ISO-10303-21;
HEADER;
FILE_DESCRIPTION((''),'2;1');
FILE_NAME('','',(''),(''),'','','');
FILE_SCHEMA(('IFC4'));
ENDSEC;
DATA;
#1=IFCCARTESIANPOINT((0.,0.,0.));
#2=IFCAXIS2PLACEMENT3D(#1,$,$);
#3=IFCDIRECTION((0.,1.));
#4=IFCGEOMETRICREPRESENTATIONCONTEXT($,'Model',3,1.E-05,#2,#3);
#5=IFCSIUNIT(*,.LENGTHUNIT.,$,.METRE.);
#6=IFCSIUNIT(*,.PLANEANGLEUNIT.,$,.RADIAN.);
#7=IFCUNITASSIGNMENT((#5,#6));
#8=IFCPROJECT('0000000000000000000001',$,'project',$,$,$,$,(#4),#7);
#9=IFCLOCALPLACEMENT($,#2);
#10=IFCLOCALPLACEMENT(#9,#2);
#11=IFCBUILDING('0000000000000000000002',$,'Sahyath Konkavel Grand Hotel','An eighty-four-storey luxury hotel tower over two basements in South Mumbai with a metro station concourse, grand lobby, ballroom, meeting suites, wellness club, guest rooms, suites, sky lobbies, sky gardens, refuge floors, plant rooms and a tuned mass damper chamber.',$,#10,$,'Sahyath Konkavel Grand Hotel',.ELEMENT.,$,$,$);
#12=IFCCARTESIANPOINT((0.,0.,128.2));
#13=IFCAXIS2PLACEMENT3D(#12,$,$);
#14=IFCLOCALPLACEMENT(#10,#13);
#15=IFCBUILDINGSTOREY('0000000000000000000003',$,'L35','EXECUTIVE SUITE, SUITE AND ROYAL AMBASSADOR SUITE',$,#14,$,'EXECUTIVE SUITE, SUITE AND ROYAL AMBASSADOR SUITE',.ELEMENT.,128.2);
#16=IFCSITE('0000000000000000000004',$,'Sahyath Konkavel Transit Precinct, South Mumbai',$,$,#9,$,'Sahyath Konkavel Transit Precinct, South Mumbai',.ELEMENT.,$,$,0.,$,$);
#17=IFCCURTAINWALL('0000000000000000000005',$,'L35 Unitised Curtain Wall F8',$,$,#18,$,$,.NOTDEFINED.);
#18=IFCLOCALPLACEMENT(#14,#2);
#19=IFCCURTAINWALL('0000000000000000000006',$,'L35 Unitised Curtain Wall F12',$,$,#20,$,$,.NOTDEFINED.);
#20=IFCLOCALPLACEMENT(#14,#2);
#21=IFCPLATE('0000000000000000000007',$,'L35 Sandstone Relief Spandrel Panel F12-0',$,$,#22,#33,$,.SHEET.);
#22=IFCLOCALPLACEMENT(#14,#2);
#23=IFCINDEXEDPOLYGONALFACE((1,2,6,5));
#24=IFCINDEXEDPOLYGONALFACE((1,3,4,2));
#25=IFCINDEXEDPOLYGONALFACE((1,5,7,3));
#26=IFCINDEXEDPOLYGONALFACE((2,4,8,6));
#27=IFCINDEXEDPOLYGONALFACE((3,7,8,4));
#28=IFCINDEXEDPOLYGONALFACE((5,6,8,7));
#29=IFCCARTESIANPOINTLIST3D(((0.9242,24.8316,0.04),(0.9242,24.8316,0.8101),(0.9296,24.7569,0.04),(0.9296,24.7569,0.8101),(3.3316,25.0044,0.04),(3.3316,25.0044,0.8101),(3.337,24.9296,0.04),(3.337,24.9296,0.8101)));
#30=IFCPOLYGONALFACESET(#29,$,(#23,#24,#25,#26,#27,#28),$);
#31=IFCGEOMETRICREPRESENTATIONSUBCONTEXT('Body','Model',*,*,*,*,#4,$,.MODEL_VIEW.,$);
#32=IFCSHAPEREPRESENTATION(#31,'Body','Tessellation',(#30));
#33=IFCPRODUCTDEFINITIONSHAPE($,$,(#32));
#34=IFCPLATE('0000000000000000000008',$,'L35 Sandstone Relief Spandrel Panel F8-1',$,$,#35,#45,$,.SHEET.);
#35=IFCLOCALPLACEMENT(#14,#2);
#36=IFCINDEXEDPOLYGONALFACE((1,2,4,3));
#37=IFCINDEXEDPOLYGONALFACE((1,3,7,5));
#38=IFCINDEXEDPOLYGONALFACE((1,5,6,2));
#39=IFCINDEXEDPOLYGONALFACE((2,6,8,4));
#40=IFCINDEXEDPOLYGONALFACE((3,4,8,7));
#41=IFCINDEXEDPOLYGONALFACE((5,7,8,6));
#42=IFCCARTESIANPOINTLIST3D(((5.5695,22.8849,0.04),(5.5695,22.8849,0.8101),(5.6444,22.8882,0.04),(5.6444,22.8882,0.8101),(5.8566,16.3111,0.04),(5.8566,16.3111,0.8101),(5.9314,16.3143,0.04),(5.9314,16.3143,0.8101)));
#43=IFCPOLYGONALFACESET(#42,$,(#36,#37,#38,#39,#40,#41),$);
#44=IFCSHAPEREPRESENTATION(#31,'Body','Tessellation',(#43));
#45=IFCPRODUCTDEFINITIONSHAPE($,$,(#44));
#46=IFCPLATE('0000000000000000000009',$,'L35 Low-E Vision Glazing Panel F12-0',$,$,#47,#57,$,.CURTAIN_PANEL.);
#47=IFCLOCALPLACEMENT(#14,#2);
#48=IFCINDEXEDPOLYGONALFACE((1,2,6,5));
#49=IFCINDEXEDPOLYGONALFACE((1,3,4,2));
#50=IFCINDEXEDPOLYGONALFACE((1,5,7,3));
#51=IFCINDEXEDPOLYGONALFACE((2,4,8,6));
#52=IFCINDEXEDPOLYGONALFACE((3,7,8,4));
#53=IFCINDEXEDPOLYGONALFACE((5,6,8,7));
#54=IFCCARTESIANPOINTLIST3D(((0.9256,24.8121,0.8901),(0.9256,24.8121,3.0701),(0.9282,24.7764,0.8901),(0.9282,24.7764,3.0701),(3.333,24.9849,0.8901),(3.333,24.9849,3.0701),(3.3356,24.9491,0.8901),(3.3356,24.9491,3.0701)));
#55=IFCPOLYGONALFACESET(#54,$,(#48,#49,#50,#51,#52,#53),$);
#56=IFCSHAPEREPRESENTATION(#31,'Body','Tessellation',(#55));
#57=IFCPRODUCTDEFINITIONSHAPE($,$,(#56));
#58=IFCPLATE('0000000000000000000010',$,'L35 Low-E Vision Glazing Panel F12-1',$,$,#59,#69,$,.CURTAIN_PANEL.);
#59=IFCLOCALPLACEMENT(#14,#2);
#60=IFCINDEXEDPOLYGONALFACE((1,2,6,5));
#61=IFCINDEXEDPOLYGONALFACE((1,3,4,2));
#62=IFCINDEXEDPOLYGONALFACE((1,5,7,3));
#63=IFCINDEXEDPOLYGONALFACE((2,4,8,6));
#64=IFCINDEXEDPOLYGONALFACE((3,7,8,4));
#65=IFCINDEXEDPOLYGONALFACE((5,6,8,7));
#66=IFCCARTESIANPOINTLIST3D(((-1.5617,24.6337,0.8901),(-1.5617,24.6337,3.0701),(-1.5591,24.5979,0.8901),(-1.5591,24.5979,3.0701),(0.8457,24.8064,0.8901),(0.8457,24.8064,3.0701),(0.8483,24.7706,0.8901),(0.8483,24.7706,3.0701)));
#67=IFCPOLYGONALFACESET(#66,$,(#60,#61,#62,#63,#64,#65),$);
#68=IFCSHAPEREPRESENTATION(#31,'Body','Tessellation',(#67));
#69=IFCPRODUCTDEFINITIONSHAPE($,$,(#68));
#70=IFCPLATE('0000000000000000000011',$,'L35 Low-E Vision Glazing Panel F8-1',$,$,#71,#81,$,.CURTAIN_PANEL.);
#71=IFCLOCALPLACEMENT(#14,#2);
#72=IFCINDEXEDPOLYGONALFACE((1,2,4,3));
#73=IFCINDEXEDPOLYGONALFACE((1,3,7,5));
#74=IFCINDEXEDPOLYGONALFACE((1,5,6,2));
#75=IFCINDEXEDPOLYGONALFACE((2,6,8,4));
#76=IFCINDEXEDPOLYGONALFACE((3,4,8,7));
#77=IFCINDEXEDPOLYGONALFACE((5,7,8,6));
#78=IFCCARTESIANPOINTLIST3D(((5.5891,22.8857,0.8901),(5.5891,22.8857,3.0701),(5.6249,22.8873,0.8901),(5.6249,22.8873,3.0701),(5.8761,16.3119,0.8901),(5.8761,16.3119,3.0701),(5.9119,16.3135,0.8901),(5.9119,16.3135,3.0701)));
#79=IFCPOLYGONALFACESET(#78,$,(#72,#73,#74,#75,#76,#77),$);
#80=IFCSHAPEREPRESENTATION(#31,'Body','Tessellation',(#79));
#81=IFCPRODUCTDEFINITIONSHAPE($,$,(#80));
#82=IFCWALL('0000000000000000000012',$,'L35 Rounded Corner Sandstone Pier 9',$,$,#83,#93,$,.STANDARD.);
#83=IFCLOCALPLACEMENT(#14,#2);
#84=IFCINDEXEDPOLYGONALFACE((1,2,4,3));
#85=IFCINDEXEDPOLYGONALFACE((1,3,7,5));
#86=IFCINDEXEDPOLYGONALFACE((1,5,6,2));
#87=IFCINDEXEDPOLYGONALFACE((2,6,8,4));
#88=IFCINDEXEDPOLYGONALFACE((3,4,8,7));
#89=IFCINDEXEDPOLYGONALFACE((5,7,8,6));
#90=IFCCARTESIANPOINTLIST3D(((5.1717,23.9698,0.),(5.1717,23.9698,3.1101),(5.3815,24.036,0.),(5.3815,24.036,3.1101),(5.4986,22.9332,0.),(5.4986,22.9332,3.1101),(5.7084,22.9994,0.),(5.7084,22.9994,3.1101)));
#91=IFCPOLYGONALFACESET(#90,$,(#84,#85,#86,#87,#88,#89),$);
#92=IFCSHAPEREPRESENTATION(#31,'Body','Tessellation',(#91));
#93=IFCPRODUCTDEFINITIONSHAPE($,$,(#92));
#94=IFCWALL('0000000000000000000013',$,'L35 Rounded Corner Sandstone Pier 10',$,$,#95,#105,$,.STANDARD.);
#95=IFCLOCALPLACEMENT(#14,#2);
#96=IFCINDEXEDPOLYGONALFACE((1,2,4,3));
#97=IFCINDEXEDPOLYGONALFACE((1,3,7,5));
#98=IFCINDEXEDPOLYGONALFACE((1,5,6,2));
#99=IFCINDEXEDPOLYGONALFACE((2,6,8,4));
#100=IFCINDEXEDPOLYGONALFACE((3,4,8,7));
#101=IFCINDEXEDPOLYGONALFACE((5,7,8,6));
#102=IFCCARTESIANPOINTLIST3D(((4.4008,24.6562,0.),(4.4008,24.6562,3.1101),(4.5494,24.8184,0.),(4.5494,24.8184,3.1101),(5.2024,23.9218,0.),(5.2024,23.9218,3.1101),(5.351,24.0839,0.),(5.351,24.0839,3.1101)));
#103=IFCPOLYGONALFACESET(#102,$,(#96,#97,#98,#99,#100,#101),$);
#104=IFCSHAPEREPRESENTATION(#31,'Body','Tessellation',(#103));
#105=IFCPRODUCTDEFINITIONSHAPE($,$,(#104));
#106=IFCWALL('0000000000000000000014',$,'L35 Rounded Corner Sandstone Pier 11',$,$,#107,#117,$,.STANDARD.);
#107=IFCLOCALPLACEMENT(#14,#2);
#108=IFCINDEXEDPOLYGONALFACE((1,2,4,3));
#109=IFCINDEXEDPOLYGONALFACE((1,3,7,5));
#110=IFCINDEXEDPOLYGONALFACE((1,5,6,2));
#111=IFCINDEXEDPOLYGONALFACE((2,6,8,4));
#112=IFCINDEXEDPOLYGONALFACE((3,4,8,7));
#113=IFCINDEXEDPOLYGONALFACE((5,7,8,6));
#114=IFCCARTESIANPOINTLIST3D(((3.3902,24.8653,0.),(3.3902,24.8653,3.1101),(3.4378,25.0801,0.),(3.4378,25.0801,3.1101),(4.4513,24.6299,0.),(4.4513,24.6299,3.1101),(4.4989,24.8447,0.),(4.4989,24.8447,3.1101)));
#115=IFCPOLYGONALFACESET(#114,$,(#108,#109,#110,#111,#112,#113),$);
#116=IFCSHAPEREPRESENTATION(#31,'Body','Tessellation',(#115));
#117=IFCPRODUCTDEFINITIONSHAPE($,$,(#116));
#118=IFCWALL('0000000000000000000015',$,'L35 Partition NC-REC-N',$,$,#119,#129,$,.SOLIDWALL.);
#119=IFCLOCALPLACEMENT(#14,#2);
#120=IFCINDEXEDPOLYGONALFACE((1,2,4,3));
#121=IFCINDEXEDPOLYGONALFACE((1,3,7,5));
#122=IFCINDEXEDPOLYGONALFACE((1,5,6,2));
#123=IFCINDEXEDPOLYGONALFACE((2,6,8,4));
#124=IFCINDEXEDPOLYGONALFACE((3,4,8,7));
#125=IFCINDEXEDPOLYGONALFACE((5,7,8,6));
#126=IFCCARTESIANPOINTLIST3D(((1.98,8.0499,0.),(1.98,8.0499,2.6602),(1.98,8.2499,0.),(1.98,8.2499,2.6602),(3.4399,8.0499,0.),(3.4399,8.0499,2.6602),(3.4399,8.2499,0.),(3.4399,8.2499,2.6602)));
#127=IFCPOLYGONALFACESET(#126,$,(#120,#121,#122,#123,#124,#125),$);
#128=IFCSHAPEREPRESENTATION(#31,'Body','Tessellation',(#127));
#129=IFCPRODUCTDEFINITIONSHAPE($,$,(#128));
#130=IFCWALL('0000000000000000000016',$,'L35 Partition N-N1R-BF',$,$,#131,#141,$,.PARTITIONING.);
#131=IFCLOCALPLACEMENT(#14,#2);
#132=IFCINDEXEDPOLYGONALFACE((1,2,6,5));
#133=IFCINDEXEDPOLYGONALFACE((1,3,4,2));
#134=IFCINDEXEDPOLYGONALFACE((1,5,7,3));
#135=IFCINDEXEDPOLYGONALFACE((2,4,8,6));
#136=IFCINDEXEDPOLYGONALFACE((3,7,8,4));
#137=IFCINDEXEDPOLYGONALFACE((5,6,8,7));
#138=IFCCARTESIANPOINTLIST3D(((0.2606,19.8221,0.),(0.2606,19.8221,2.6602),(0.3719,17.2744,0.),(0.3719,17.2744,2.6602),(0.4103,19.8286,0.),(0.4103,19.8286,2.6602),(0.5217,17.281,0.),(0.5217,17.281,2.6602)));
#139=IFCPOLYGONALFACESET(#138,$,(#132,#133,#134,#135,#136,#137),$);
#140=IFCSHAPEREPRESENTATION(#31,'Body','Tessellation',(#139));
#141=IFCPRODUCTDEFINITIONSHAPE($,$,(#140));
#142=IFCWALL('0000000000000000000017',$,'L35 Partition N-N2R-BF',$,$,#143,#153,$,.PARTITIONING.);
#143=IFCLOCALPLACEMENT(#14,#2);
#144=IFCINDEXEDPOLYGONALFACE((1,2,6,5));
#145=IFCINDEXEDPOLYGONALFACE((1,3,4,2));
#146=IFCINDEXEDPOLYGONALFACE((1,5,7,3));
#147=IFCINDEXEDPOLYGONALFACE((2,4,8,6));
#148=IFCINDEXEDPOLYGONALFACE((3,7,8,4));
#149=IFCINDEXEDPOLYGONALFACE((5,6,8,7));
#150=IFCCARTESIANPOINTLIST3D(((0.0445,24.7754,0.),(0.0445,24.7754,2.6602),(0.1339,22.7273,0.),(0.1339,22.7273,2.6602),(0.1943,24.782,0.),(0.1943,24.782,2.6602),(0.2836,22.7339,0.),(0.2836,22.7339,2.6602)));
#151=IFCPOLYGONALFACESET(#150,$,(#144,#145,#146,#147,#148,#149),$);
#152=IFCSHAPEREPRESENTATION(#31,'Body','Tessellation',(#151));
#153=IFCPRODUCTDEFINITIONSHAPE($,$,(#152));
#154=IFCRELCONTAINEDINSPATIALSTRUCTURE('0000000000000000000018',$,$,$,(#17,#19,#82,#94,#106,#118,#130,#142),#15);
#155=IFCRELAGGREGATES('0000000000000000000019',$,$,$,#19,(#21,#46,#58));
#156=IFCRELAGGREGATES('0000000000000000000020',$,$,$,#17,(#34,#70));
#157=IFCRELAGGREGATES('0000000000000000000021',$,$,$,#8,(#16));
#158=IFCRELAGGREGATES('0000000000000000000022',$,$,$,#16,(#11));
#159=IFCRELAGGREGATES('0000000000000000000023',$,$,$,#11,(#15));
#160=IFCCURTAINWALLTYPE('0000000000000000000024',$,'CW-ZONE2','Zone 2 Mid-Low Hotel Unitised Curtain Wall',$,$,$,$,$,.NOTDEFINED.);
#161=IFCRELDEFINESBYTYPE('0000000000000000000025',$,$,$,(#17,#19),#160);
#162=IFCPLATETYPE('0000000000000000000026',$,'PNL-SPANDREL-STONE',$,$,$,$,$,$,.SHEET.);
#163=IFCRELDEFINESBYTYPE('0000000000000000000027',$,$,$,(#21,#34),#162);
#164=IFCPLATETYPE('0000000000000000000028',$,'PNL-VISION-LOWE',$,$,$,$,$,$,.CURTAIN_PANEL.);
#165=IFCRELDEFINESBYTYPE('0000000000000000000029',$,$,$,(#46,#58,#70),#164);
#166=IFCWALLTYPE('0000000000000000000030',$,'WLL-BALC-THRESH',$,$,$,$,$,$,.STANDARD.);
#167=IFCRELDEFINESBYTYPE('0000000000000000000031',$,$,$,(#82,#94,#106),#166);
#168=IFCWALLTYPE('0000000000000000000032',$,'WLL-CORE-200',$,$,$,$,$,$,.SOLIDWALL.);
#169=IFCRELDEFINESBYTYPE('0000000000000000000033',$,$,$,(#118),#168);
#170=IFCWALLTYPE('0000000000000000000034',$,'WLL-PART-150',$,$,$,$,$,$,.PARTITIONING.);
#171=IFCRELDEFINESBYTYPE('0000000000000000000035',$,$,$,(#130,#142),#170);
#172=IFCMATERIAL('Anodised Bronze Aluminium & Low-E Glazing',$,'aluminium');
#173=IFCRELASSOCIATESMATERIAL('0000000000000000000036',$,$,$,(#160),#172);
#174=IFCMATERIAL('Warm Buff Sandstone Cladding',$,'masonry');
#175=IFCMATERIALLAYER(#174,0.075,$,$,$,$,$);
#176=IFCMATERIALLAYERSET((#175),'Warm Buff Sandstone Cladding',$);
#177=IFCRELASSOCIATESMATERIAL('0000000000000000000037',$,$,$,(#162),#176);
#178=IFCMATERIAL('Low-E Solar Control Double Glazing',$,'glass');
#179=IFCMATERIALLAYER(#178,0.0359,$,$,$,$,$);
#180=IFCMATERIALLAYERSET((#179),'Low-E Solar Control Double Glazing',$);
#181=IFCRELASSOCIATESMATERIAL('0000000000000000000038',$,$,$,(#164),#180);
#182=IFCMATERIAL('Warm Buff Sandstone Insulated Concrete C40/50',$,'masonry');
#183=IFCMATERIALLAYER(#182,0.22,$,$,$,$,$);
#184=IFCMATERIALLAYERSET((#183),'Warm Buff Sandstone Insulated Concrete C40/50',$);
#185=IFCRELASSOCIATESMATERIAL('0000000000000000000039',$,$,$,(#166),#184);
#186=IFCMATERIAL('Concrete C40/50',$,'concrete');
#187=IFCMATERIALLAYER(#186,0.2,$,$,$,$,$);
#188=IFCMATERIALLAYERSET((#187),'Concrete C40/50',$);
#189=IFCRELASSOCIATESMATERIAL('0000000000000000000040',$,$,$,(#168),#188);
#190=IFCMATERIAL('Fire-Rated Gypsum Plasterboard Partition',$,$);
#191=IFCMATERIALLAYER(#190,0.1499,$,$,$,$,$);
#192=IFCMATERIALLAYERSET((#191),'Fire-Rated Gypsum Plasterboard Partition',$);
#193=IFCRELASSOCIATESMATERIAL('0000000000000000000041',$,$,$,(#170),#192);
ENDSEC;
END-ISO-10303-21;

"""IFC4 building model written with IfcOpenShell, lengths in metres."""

from ifc_helpers import new_model, si_unit, direction, frame, frame_2d, origin, origin_2d, place, context, subcontext, project, spatial, rectangle, extrude, source, transform, mapped, material, layer, layer_set, type_object, element, aggregate, save


model = new_model("IFC4")

# Units and contexts
model_context = context("Model", 3, precision=1e-05, world=origin(), true_north=direction((0.0, 1.0)))
body_context = subcontext(model_context, "Body", "Model", "MODEL_VIEW")
ifc_project = project(units=[si_unit("LENGTHUNIT", "METRE"), si_unit("PLANEANGLEUNIT", "RADIAN")], contexts=[model_context])

# Site, building, storey
site_placement = place(None, origin())
site = spatial("IfcSite", under=ifc_project, at=site_placement, Name="Sahyath Konkavel Transit Precinct, South Mumbai", LongName="Sahyath Konkavel Transit Precinct, South Mumbai", CompositionType="ELEMENT", RefElevation=0.0)
building_placement = place(site_placement, origin())
building = spatial("IfcBuilding", under=site, at=building_placement, Name="Sahyath Konkavel Grand Hotel", Description="An eighty-four-storey luxury hotel tower over two basements in South Mumbai with a metro station concourse, grand lobby, ballroom, meeting suites, wellness club, guest rooms, suites, sky lobbies, sky gardens, refuge floors, plant rooms and a tuned mass damper chamber.", LongName="Sahyath Konkavel Grand Hotel", CompositionType="ELEMENT")
storey_placement = place(building_placement, frame((0.0, 0.0, 128.2)))
storey = spatial("IfcBuildingStorey", under=building, at=storey_placement, Name="L35", Description="EXECUTIVE SUITE, SUITE AND ROYAL AMBASSADOR SUITE", LongName="EXECUTIVE SUITE, SUITE AND ROYAL AMBASSADOR SUITE", CompositionType="ELEMENT", Elevation=128.2)

# Curtain wall
ifc_material_1 = material(Name="Anodised Bronze Aluminium & Low-E Glazing", Category="aluminium")
curtain_wall_type = type_object("IfcCurtainWallType", Name="CW-ZONE2", Description="Zone 2 Mid-Low Hotel Unitised Curtain Wall", PredefinedType="NOTDEFINED", material=ifc_material_1)
curtain_wall_1_placement = place(storey_placement, origin())
curtain_wall_1 = element("IfcCurtainWall", 1, at=curtain_wall_1_placement, inside=storey, type_object=curtain_wall_type, Name="L35 Unitised Curtain Wall F8", PredefinedType="NOTDEFINED")

# Curtain wall, plate
curtain_wall_2_placement = place(storey_placement, origin())
curtain_wall_2 = element("IfcCurtainWall", 2, at=curtain_wall_2_placement, inside=storey, type_object=curtain_wall_type, Name="L35 Unitised Curtain Wall F12", PredefinedType="NOTDEFINED")
ifc_material_2 = material(Name="Warm Buff Sandstone Cladding", Category="masonry")
ifc_layer_1 = layer(ifc_material_2, 0.075)
ifc_layer_set_1 = layer_set([ifc_layer_1], Name="Warm Buff Sandstone Cladding")
plate_type_1 = type_object("IfcPlateType", Name="PNL-SPANDREL-STONE", PredefinedType="SHEET", material=ifc_layer_set_1)
shared_shape_1 = source(origin(), body_context, "Body", "SweptSolid", [
    extrude(rectangle(XDim=2.4136, YDim=0.075, at=origin_2d()), origin(), (0.0, 0.0, 1.0), 0.77),
])
plate_1_placement = place(storey_placement, frame((2.1306, 24.8806, 0.04), z_axis=(0.0, 0.0, 1.0), x_axis=(-0.997436, -0.071567, 0.0)))
plate_1 = element("IfcPlate", 3, at=plate_1_placement, type_object=plate_type_1, Name="L35 Sandstone Relief Spandrel Panel F12-0", PredefinedType="SHEET", context=body_context, shape_type="MappedRepresentation", body=[
    mapped(shared_shape_1, transform((0.0, 0.0, 0.0), scale=1.0)),
])

# Plates
shared_shape_2 = source(origin(), body_context, "Body", "SweptSolid", [
    extrude(rectangle(XDim=6.5801, YDim=0.075, at=origin_2d()), origin(), (0.0, 0.0, 1.0), 0.77),
])
plate_2_placement = place(storey_placement, frame((5.7505, 19.5996, 0.04), z_axis=(0.0, 0.0, 1.0), x_axis=(-0.043619, 0.999048, 0.0)))
plate_2 = element("IfcPlate", 4, at=plate_2_placement, type_object=plate_type_1, Name="L35 Sandstone Relief Spandrel Panel F8-1", PredefinedType="SHEET", context=body_context, shape_type="MappedRepresentation", body=[
    mapped(shared_shape_2, transform((0.0, 0.0, 0.0), scale=1.0)),
])
ifc_material_3 = material(Name="Low-E Solar Control Double Glazing", Category="glass")
ifc_layer_2 = layer(ifc_material_3, 0.0359)
ifc_layer_set_2 = layer_set([ifc_layer_2], Name="Low-E Solar Control Double Glazing")
plate_type_2 = type_object("IfcPlateType", Name="PNL-VISION-LOWE", PredefinedType="CURTAIN_PANEL", material=ifc_layer_set_2)
shared_shape_3 = source(origin(), body_context, "Body", "SweptSolid", [
    extrude(rectangle(XDim=2.4136, YDim=0.0359, at=origin_2d()), origin(), (0.0, 0.0, 1.0), 2.1799),
])
plate_3_placement = place(storey_placement, frame((2.1306, 24.8806, 0.8901), z_axis=(0.0, 0.0, 1.0), x_axis=(-0.997436, -0.071567, 0.0)))
plate_3 = element("IfcPlate", 5, at=plate_3_placement, type_object=plate_type_2, Name="L35 Low-E Vision Glazing Panel F12-0", PredefinedType="CURTAIN_PANEL", context=body_context, shape_type="MappedRepresentation", body=[
    mapped(shared_shape_3, transform((0.0, 0.0, 0.0), scale=1.0)),
])
plate_4_placement = place(storey_placement, frame((-0.3567, 24.7021, 0.8901), z_axis=(0.0, 0.0, 1.0), x_axis=(-0.997436, -0.071567, 0.0)))
plate_4 = element("IfcPlate", 6, at=plate_4_placement, type_object=plate_type_2, Name="L35 Low-E Vision Glazing Panel F12-1", PredefinedType="CURTAIN_PANEL", context=body_context, shape_type="MappedRepresentation", body=[
    mapped(shared_shape_3, transform((0.0, 0.0, 0.0), scale=1.0)),
])
aggregate(curtain_wall_2, [plate_1, plate_3, plate_4])
shared_shape_4 = source(origin(), body_context, "Body", "SweptSolid", [
    extrude(rectangle(XDim=6.5801, YDim=0.0359, at=origin_2d()), origin(), (0.0, 0.0, 1.0), 2.1799),
])
plate_5_placement = place(storey_placement, frame((5.7505, 19.5996, 0.8901), z_axis=(0.0, 0.0, 1.0), x_axis=(-0.043619, 0.999048, 0.0)))
plate_5 = element("IfcPlate", 7, at=plate_5_placement, type_object=plate_type_2, Name="L35 Low-E Vision Glazing Panel F8-1", PredefinedType="CURTAIN_PANEL", context=body_context, shape_type="MappedRepresentation", body=[
    mapped(shared_shape_4, transform((0.0, 0.0, 0.0), scale=1.0)),
])
aggregate(curtain_wall_1, [plate_2, plate_5])

# Walls
ifc_material_4 = material(Name="Warm Buff Sandstone Insulated Concrete C40/50", Category="masonry")
ifc_layer_3 = layer(ifc_material_4, 0.22)
ifc_layer_set_3 = layer_set([ifc_layer_3], Name="Warm Buff Sandstone Insulated Concrete C40/50")
wall_type_1 = type_object("IfcWallType", Name="WLL-BALC-THRESH", PredefinedType="STANDARD", material=ifc_layer_set_3)
wall_1_placement = place(storey_placement, frame((5.6035, 22.9663, 0.0), z_axis=(0.0, 0.0, 1.0), x_axis=(-0.300755, 0.953701, 0.0)))
element("IfcWall", 8, at=wall_1_placement, inside=storey, type_object=wall_type_1, Name="L35 Rounded Corner Sandstone Pier 9", PredefinedType="STANDARD", context=body_context, shape_type="SweptSolid", body=[
    extrude(rectangle(XDim=1.0869, YDim=0.22, at=frame_2d((0.5435, 0.0))), origin(), (0.0, 0.0, 1.0), 3.1101),
])
wall_2_placement = place(storey_placement, frame((5.2766, 24.0029, 0.0), z_axis=(0.0, 0.0, 1.0), x_axis=(-0.737313, 0.675552, 0.0)))
element("IfcWall", 9, at=wall_2_placement, inside=storey, type_object=wall_type_1, Name="L35 Rounded Corner Sandstone Pier 10", PredefinedType="STANDARD", context=body_context, shape_type="SweptSolid", body=[
    extrude(rectangle(XDim=1.0872, YDim=0.22, at=frame_2d((0.5435, 0.0))), origin(), (0.0, 0.0, 1.0), 3.1101),
])
wall_3_placement = place(storey_placement, frame((4.4751, 24.7373, 0.0), z_axis=(0.0, 0.0, 1.0), x_axis=(-0.976272, 0.21655, 0.0)))
element("IfcWall", 10, at=wall_3_placement, inside=storey, type_object=wall_type_1, Name="L35 Rounded Corner Sandstone Pier 11", PredefinedType="STANDARD", context=body_context, shape_type="SweptSolid", body=[
    extrude(rectangle(XDim=1.0869, YDim=0.22, at=frame_2d((0.5435, 0.0))), origin(), (0.0, 0.0, 1.0), 3.1101),
])
ifc_material_5 = material(Name="Concrete C40/50", Category="concrete")
ifc_layer_4 = layer(ifc_material_5, 0.2)
ifc_layer_set_4 = layer_set([ifc_layer_4], Name="Concrete C40/50")
wall_type_2 = type_object("IfcWallType", Name="WLL-CORE-200", PredefinedType="SOLIDWALL", material=ifc_layer_set_4)
wall_4_placement = place(storey_placement, frame((1.98, 8.1499, 0.0), z_axis=(0.0, 0.0, 1.0), x_axis=(1.0, 0.0, 0.0)))
element("IfcWall", 11, at=wall_4_placement, inside=storey, type_object=wall_type_2, Name="L35 Partition NC-REC-N", PredefinedType="SOLIDWALL", context=body_context, shape_type="SweptSolid", body=[
    extrude(rectangle(XDim=1.46, YDim=0.2, at=frame_2d((0.73, 0.0))), origin(), (0.0, 0.0, 1.0), 2.6602),
])
ifc_material_6 = material(Name="Fire-Rated Gypsum Plasterboard Partition")
ifc_layer_5 = layer(ifc_material_6, 0.1499)
ifc_layer_set_5 = layer_set([ifc_layer_5], Name="Fire-Rated Gypsum Plasterboard Partition")
wall_type_3 = type_object("IfcWallType", Name="WLL-PART-150", PredefinedType="PARTITIONING", material=ifc_layer_set_5)
wall_5_placement = place(storey_placement, frame((0.4468, 17.2778, 0.0), z_axis=(0.0, 0.0, 1.0), x_axis=(-0.043657, 0.999047, 0.0)))
element("IfcWall", 12, at=wall_5_placement, inside=storey, type_object=wall_type_3, Name="L35 Partition N-N1R-BF", PredefinedType="PARTITIONING", context=body_context, shape_type="SweptSolid", body=[
    extrude(rectangle(XDim=2.55, YDim=0.1499, at=frame_2d((1.2749, 0.0))), origin(), (0.0, 0.0, 1.0), 2.6602),
])
wall_6_placement = place(storey_placement, frame((0.2087, 22.7307, 0.0), z_axis=(0.0, 0.0, 1.0), x_axis=(-0.043587, 0.99905, 0.0)))
element("IfcWall", 13, at=wall_6_placement, inside=storey, type_object=wall_type_3, Name="L35 Partition N-N2R-BF", PredefinedType="PARTITIONING", context=body_context, shape_type="SweptSolid", body=[
    extrude(rectangle(XDim=2.05, YDim=0.1499, at=frame_2d((1.0249, 0.0))), origin(), (0.0, 0.0, 1.0), 2.6602),
])

save(model, "model.ifc")
